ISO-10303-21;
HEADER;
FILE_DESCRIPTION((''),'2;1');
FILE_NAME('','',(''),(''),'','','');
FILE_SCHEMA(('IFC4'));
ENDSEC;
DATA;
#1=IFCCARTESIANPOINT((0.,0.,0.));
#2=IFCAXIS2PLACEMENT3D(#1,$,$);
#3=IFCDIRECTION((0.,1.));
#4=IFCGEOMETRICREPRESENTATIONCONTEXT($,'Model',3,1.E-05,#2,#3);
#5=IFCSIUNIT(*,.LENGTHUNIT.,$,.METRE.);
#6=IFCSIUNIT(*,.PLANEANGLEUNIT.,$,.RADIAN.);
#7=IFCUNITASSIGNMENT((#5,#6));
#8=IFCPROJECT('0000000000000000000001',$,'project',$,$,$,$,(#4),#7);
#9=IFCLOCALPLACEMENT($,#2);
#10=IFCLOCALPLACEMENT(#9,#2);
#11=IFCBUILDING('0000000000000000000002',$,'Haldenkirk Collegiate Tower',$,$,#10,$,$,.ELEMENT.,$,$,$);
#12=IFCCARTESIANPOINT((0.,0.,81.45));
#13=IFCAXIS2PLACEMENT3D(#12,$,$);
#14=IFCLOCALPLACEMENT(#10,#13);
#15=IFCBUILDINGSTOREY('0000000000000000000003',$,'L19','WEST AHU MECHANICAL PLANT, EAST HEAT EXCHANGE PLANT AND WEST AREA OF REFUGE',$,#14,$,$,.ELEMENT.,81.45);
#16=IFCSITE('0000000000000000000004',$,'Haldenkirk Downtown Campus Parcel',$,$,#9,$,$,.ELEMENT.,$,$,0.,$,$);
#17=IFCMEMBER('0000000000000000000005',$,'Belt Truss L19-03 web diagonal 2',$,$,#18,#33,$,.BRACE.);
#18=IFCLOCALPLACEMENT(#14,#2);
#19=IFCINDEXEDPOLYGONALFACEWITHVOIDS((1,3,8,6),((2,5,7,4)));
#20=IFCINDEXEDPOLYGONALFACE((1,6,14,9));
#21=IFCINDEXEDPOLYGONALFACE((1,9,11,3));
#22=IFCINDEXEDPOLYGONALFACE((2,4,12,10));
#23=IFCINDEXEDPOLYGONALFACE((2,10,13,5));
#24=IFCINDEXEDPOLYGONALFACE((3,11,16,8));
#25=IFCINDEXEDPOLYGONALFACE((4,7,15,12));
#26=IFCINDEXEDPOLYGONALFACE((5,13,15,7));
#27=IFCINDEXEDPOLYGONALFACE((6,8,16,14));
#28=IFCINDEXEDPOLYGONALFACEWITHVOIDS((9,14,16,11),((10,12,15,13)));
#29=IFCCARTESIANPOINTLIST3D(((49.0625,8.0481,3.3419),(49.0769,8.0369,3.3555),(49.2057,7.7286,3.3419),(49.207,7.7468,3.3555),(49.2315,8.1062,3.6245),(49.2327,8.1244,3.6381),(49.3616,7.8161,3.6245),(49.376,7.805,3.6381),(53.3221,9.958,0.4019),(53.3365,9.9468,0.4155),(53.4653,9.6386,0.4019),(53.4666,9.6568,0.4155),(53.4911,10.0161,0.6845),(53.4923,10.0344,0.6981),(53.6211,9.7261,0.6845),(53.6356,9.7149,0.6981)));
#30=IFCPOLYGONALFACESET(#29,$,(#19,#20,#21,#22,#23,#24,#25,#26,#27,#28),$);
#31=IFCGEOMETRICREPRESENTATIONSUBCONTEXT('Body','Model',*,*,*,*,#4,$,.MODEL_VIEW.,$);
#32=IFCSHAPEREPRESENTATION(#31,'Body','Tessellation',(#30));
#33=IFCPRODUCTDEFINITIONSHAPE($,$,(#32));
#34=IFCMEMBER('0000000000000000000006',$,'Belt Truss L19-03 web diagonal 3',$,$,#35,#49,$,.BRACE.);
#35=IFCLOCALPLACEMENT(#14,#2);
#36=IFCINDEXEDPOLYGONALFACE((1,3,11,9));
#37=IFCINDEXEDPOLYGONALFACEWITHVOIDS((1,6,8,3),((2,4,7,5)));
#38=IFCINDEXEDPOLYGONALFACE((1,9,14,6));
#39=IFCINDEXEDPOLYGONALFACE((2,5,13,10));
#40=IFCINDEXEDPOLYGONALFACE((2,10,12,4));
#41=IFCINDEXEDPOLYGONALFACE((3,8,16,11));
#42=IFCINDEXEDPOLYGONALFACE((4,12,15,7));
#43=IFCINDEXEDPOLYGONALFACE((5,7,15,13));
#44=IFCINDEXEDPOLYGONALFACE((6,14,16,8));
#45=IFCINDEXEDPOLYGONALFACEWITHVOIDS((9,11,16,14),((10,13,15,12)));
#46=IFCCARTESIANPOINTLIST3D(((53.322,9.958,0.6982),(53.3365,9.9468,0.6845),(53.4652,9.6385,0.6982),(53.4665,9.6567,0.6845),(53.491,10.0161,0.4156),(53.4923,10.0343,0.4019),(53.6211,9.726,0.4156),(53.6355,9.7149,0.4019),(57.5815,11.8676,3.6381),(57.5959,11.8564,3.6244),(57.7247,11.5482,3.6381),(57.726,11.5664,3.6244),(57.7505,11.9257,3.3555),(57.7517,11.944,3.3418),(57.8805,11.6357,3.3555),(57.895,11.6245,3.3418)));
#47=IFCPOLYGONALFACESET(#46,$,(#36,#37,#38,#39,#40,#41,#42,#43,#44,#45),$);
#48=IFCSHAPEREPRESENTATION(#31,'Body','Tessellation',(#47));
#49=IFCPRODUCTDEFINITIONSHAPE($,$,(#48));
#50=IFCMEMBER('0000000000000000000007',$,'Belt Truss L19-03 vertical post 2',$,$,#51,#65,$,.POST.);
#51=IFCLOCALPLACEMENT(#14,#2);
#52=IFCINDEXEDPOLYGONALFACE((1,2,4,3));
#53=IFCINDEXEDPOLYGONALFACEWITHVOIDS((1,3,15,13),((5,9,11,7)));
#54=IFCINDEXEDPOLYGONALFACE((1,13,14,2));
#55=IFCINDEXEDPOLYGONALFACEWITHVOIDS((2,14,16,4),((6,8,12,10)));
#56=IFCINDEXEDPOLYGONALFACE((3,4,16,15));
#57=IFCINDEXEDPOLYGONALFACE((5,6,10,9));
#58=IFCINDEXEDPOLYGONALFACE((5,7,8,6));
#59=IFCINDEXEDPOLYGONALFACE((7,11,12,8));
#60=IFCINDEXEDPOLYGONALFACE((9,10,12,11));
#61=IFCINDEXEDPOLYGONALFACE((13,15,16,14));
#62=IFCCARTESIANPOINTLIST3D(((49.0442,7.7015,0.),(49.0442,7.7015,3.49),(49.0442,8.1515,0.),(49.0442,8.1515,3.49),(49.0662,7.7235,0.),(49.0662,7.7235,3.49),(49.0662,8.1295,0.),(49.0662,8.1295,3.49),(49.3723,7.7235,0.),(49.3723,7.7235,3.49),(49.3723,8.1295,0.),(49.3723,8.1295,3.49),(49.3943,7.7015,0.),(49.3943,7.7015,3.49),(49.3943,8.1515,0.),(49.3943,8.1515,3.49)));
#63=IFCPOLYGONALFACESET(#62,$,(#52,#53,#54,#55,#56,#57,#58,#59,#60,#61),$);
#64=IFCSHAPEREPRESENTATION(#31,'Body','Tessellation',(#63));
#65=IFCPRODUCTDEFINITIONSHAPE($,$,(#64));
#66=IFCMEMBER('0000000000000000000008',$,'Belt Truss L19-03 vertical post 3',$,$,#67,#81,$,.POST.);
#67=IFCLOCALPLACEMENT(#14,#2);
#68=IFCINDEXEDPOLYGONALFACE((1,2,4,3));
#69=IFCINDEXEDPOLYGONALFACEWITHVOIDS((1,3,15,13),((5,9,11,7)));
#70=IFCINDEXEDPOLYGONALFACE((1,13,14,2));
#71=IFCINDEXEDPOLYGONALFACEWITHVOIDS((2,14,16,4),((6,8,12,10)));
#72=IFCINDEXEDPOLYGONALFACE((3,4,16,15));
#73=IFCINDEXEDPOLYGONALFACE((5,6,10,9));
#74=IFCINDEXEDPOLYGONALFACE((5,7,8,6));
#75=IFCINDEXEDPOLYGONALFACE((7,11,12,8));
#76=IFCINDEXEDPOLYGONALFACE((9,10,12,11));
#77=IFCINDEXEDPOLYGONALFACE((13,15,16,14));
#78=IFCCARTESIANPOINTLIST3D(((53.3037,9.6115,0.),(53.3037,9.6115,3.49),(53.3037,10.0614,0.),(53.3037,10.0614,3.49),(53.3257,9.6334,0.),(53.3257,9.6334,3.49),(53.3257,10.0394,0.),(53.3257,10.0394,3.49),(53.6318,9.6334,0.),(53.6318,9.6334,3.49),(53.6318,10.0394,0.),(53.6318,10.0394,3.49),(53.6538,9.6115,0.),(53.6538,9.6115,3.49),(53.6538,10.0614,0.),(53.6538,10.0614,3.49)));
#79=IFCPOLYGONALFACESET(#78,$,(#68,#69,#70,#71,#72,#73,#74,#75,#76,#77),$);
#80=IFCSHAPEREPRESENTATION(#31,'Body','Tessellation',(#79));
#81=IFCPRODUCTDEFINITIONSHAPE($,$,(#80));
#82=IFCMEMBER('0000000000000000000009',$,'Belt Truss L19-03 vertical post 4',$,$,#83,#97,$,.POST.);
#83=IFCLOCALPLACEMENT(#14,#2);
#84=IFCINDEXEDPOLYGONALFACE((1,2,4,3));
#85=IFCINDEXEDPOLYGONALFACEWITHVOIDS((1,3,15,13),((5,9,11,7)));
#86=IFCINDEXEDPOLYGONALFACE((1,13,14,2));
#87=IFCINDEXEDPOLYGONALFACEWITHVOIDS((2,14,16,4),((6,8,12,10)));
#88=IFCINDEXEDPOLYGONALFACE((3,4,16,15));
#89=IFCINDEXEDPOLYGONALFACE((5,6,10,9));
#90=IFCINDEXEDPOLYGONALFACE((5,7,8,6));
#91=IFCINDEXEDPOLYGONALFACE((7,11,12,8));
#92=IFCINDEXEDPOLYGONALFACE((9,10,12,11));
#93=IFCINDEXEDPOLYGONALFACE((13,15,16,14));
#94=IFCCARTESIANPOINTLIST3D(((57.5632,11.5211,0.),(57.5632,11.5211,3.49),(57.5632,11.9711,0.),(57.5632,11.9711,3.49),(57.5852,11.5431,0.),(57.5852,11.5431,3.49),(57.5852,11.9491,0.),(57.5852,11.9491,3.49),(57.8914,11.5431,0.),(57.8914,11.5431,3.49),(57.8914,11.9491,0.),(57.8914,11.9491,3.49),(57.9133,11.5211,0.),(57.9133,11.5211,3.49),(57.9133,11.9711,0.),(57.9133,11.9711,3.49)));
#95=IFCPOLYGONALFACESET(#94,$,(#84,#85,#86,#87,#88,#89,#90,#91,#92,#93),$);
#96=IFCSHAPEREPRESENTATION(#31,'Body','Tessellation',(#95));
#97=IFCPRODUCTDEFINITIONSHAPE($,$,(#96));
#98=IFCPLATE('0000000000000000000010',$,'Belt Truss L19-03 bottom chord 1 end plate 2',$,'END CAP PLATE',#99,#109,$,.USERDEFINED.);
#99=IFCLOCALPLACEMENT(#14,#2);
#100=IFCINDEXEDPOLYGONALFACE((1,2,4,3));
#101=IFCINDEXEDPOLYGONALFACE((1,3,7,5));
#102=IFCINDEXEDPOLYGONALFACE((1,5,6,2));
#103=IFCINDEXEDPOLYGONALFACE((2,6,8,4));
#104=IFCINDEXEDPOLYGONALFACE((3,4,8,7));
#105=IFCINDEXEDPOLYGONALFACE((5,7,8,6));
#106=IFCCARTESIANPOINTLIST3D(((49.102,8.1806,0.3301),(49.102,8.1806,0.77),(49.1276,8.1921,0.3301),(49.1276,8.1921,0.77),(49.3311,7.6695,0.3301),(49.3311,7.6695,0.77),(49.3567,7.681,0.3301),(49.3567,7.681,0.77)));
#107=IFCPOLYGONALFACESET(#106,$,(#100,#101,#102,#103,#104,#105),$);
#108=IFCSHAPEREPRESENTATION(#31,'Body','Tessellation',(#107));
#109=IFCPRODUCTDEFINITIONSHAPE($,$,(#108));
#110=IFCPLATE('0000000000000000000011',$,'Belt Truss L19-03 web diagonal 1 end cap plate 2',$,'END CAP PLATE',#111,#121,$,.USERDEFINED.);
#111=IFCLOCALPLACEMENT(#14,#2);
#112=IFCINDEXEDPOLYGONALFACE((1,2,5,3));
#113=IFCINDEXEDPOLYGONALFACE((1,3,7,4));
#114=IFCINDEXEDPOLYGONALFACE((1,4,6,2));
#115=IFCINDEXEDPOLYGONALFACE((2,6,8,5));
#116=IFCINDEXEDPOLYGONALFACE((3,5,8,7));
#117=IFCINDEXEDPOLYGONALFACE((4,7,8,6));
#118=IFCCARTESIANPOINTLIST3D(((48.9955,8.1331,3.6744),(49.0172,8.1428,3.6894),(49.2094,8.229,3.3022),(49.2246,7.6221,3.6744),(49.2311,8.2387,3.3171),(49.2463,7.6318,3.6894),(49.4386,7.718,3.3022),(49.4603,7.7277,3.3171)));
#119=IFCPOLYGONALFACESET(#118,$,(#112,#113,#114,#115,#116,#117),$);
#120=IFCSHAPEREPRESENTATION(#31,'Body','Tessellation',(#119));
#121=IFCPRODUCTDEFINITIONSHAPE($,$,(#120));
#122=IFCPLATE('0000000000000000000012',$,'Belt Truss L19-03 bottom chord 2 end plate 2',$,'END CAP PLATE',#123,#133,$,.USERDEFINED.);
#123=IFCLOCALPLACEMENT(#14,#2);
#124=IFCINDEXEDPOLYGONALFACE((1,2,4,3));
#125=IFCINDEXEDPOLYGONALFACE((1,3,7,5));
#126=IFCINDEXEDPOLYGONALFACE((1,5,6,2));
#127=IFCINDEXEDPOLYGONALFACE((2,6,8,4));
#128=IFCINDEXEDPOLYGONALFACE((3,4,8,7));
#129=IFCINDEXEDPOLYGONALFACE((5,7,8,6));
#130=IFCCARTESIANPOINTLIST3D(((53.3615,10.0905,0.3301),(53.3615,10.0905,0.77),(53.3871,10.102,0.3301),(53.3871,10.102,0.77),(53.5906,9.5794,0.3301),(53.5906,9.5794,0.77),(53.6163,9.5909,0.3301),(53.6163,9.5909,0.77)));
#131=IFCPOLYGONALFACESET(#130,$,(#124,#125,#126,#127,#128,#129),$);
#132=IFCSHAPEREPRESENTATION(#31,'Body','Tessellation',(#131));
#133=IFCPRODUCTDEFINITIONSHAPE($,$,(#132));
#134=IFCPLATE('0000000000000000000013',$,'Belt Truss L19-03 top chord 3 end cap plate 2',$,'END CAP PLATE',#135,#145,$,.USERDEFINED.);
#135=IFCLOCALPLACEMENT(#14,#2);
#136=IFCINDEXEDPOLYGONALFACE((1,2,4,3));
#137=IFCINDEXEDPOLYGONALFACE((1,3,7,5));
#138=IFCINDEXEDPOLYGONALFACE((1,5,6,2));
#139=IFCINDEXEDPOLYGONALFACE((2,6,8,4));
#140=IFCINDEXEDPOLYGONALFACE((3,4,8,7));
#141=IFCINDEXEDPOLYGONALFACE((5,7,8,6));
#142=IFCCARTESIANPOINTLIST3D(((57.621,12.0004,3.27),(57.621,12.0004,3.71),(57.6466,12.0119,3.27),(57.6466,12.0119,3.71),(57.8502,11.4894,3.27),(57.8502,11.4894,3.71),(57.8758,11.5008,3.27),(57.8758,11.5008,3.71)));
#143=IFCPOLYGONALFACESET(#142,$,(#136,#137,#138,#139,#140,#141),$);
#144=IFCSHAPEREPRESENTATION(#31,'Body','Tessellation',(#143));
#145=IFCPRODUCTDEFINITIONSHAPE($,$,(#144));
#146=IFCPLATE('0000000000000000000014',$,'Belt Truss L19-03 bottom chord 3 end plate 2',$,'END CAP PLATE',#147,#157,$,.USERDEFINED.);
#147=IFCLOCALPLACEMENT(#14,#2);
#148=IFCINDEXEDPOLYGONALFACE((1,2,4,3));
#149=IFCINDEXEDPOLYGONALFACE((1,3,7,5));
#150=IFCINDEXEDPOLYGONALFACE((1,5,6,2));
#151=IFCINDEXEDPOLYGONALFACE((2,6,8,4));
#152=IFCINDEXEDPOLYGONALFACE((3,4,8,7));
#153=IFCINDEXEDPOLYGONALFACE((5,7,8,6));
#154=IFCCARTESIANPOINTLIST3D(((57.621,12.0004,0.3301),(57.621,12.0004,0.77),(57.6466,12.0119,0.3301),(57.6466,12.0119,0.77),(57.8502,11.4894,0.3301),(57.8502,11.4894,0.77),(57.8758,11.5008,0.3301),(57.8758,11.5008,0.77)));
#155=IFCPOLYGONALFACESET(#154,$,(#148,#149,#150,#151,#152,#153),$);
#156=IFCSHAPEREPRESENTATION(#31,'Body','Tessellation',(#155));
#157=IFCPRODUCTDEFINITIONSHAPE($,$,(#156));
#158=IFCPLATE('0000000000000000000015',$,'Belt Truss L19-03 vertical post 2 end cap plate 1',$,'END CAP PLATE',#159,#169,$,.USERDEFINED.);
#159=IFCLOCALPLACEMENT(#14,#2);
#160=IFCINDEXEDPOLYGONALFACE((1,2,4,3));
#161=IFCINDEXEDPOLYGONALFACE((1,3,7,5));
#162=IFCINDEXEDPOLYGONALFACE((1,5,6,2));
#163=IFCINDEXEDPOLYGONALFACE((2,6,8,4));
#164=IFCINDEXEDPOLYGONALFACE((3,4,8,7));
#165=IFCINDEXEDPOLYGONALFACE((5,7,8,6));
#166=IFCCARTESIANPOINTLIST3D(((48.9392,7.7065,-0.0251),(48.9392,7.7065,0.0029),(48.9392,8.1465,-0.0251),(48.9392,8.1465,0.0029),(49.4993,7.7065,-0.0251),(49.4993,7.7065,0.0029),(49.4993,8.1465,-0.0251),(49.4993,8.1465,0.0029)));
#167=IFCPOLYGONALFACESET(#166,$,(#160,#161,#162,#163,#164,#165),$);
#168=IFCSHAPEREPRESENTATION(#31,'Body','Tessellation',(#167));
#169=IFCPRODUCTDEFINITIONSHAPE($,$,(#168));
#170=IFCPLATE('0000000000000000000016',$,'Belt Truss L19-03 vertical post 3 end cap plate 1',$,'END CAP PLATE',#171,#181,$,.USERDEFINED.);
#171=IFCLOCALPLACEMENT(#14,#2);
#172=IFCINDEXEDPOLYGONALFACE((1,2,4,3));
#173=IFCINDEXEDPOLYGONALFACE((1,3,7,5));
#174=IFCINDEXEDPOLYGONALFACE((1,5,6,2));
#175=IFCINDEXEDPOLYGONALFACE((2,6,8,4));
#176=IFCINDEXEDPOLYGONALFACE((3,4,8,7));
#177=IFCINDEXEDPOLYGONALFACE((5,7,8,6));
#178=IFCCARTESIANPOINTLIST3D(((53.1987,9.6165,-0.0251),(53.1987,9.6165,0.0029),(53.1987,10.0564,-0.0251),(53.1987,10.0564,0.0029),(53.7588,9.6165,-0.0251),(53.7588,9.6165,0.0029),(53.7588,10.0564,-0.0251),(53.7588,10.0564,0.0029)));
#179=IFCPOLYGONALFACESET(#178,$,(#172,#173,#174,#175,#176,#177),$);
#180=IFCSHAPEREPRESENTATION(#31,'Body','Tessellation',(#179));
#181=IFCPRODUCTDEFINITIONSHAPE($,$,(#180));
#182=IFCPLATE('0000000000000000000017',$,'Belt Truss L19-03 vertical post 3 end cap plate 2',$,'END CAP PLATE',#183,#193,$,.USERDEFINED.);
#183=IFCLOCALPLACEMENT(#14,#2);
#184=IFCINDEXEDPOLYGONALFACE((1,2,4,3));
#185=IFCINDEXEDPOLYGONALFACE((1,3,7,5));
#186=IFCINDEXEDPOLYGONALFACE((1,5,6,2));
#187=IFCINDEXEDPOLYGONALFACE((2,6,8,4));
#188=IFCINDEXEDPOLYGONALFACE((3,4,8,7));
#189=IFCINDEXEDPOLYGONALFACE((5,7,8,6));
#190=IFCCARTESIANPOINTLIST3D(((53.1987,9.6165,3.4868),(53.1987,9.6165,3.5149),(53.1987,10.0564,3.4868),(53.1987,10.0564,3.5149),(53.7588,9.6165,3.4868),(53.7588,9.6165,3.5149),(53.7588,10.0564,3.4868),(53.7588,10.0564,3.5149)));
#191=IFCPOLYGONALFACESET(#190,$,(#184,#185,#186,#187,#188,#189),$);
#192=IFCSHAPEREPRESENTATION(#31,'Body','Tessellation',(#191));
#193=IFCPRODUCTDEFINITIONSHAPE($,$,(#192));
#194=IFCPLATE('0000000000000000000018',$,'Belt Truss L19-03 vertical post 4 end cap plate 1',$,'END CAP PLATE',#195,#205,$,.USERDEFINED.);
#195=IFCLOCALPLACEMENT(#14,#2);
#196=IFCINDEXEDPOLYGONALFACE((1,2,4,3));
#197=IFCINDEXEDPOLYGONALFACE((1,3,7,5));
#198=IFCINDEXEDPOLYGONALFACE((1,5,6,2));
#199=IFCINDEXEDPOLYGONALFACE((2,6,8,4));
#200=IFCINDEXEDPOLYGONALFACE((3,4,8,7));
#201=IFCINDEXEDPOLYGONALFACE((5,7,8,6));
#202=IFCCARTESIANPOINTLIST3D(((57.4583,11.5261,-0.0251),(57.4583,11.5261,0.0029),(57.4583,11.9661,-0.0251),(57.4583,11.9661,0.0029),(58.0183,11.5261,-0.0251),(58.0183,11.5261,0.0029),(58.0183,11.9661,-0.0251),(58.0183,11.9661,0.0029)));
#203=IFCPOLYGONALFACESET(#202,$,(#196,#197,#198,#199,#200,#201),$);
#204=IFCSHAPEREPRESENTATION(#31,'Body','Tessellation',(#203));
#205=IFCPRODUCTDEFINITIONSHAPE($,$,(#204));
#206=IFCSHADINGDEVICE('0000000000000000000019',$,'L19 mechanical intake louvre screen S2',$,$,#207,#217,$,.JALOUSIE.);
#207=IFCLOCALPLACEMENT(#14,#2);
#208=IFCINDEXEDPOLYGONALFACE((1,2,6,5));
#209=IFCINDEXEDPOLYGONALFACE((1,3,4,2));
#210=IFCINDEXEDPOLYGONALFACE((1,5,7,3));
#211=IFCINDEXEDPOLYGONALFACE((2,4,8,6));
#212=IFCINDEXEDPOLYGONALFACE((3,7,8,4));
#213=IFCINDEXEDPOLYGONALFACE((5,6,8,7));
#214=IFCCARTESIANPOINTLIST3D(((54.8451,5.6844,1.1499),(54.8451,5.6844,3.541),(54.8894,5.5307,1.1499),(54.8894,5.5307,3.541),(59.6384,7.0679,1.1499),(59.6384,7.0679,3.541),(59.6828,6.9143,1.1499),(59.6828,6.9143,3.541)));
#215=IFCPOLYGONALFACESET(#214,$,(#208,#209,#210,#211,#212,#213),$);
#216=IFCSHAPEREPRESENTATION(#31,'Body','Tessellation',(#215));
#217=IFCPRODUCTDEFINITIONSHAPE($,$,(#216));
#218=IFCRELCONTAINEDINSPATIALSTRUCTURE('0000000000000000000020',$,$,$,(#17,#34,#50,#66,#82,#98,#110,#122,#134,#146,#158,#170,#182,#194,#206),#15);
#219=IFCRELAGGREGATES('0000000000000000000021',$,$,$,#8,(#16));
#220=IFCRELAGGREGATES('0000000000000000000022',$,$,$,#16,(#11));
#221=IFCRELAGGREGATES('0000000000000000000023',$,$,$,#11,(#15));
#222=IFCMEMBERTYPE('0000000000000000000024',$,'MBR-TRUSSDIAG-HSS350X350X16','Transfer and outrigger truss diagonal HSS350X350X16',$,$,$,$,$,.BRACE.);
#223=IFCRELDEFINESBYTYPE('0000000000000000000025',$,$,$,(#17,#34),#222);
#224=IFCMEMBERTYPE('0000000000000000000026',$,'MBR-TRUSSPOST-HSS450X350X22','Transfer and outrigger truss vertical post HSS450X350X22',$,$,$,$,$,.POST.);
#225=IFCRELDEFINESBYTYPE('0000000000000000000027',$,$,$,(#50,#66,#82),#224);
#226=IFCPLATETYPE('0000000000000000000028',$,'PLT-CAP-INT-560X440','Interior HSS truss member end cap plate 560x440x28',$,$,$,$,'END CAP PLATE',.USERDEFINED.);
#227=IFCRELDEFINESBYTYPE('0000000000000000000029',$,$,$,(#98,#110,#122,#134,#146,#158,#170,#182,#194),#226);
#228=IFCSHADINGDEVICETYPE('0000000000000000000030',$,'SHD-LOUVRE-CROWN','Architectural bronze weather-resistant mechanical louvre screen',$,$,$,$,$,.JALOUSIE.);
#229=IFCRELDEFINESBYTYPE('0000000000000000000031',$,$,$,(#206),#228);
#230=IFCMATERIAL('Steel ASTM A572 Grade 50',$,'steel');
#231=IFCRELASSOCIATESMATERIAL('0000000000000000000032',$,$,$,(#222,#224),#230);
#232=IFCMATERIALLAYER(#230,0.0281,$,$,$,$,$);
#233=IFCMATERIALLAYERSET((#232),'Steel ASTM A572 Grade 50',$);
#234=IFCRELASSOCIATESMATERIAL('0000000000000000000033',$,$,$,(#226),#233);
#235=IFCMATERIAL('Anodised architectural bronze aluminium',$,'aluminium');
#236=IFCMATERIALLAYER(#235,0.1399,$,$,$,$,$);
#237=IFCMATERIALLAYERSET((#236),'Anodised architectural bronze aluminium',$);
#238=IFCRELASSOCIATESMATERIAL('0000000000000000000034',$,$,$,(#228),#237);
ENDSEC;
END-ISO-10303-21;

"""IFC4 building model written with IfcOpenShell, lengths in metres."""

from ifc_helpers import new_model, si_unit, direction, frame, origin, origin_2d, place, context, subcontext, project, spatial, rectangle, hollow_rectangle, extrude, source, transform, mapped, material, layer, layer_set, material_profile, profile_set, type_object, element, save


model = new_model("IFC4")

# Units and contexts
model_context = context("Model", 3, precision=1e-05, world=origin(), true_north=direction((0.0, 1.0)))
body_context = subcontext(model_context, "Body", "Model", "MODEL_VIEW")
ifc_project = project(units=[si_unit("LENGTHUNIT", "METRE"), si_unit("PLANEANGLEUNIT", "RADIAN")], contexts=[model_context])

# Site, building, storey
site_placement = place(None, origin())
site = spatial("IfcSite", under=ifc_project, at=site_placement, Name="Haldenkirk Downtown Campus Parcel", CompositionType="ELEMENT", RefElevation=0.0)
building_placement = place(site_placement, origin())
building = spatial("IfcBuilding", under=site, at=building_placement, Name="Haldenkirk Collegiate Tower", CompositionType="ELEMENT")
storey_placement = place(building_placement, frame((0.0, 0.0, 81.45)))
storey = spatial("IfcBuildingStorey", under=building, at=storey_placement, Name="L19", Description="WEST AHU MECHANICAL PLANT, EAST HEAT EXCHANGE PLANT AND WEST AREA OF REFUGE", CompositionType="ELEMENT", Elevation=81.45)

# Members
ifc_material_1 = material(Name="Steel ASTM A572 Grade 50", Category="steel")
ifc_material_profile_1 = material_profile(ifc_material_1, hollow_rectangle(XDim=0.3501, YDim=0.3501, WallThickness=0.0161, at=origin_2d()), Name="HSS350X350X16")
ifc_profile_set_1 = profile_set([ifc_material_profile_1], Name="Steel ASTM A572 Grade 50")
member_type_1 = type_object("IfcMemberType", Name="MBR-TRUSSDIAG-HSS350X350X16", Description="Transfer and outrigger truss diagonal HSS350X350X16", PredefinedType="BRACE", material=ifc_profile_set_1)
member_1_placement = place(storey_placement, frame((49.2192, 7.9265, 3.49), z_axis=(0.772107, 0.346202, -0.532912), x_axis=(-0.40914, 0.912472, 0.0)))
element("IfcMember", 1, at=member_1_placement, inside=storey, type_object=member_type_1, Name="Belt Truss L19-03 web diagonal 2", PredefinedType="BRACE", context=body_context, shape_type="SweptSolid", body=[
    extrude(hollow_rectangle(XDim=0.3501, YDim=0.3501, WallThickness=0.0161, at=origin_2d()), origin(), (0.0, 0.0, 1.0), 5.5168),
])
member_2_placement = place(storey_placement, frame((53.4788, 9.8364, 0.55), z_axis=(0.772119, 0.346163, 0.53292), x_axis=(-0.409096, 0.912491, 0.0)))
element("IfcMember", 2, at=member_2_placement, inside=storey, type_object=member_type_1, Name="Belt Truss L19-03 web diagonal 3", PredefinedType="BRACE", context=body_context, shape_type="SweptSolid", body=[
    extrude(hollow_rectangle(XDim=0.3501, YDim=0.3501, WallThickness=0.0161, at=origin_2d()), origin(), (0.0, 0.0, 1.0), 5.5166),
])
ifc_material_profile_2 = material_profile(ifc_material_1, hollow_rectangle(XDim=0.3501, YDim=0.45, WallThickness=0.022, at=origin_2d()), Name="HSS450X350X22")
ifc_profile_set_2 = profile_set([ifc_material_profile_2], Name="Steel ASTM A572 Grade 50")
member_type_2 = type_object("IfcMemberType", Name="MBR-TRUSSPOST-HSS450X350X22", Description="Transfer and outrigger truss vertical post HSS450X350X22", PredefinedType="POST", material=ifc_profile_set_2)
for number, where, z_axis, x_axis, name in (
    (3, (49.2192, 7.9265, 0.0), (0.0, 0.0, 1.0), (1.0, 0.0, 0.0), "Belt Truss L19-03 vertical post 2"),
    (4, (53.4788, 9.8364, 0.0), (0.0, 0.0, 1.0), (1.0, 0.0, 0.0), "Belt Truss L19-03 vertical post 3"),
    (5, (57.7383, 11.7461, 0.0), (0.0, 0.0, 1.0), (1.0, 0.0, 0.0), "Belt Truss L19-03 vertical post 4"),
):
    element("IfcMember", number, at=place(storey_placement, frame(where, z_axis=z_axis, x_axis=x_axis)), inside=storey, type_object=member_type_2, Name=name, PredefinedType="POST", context=body_context, shape_type="SweptSolid", body=[
        extrude(hollow_rectangle(XDim=0.3501, YDim=0.45, WallThickness=0.022, at=origin_2d()), origin(), (0.0, 0.0, 1.0), 3.49),
    ])

# Plates
ifc_layer_1 = layer(ifc_material_1, 0.0281)
ifc_layer_set_1 = layer_set([ifc_layer_1], Name="Steel ASTM A572 Grade 50")
plate_type = type_object("IfcPlateType", Name="PLT-CAP-INT-560X440", Description="Interior HSS truss member end cap plate 560x440x28", ElementType="END CAP PLATE", PredefinedType="USERDEFINED", material=ifc_layer_set_1)
shared_shape_1 = source(origin(), body_context, "Body", "SweptSolid", [
    extrude(rectangle(XDim=0.5601, YDim=0.4399, at=origin_2d()), origin(), (0.0, 0.0, 1.0), 0.0281),
])
for number, where, z_axis, x_axis, name in (
    (6, (49.2166, 7.925, 0.55), (0.912475, 0.409133, 0.0), (-0.409133, 0.912475, 0.0), "Belt Truss L19-03 bottom chord 1 end plate 2"),
    (7, (49.217, 7.9255, 3.4883), (0.772099, 0.346188, 0.532932), (-0.40913, 0.912476, 0.0), "Belt Truss L19-03 web diagonal 1 end cap plate 2"),
    (8, (53.4761, 9.835, 0.55), (0.912475, 0.409133, 0.0), (-0.409133, 0.912475, 0.0), "Belt Truss L19-03 bottom chord 2 end plate 2"),
    (9, (57.7356, 11.7449, 3.49), (0.912476, 0.40913, 0.0), (-0.40913, 0.912476, 0.0), "Belt Truss L19-03 top chord 3 end cap plate 2"),
    (10, (57.7356, 11.7449, 0.55), (0.912475, 0.409133, 0.0), (-0.409133, 0.912475, 0.0), "Belt Truss L19-03 bottom chord 3 end plate 2"),
    (11, (49.2192, 7.9265, 0.0029), (0.0, 0.0, -1.0), (1.0, 0.0, 0.0), "Belt Truss L19-03 vertical post 2 end cap plate 1"),
    (12, (53.4788, 9.8364, 0.0029), (0.0, 0.0, -1.0), (1.0, 0.0, 0.0), "Belt Truss L19-03 vertical post 3 end cap plate 1"),
    (13, (53.4788, 9.8364, 3.4868), (0.0, 0.0, 1.0), (1.0, 0.0, 0.0), "Belt Truss L19-03 vertical post 3 end cap plate 2"),
    (14, (57.7383, 11.7461, 0.0029), (0.0, 0.0, -1.0), (1.0, 0.0, 0.0), "Belt Truss L19-03 vertical post 4 end cap plate 1"),
):
    element("IfcPlate", number, at=place(storey_placement, frame(where, z_axis=z_axis, x_axis=x_axis)), inside=storey, type_object=plate_type, Name=name, ObjectType="END CAP PLATE", PredefinedType="USERDEFINED", context=body_context, shape_type="MappedRepresentation", body=[
        mapped(shared_shape_1, transform((0.0, 0.0, 0.0), x_axis=(1.0, 0.0, 0.0), y_axis=(0.0, 1.0, 0.0), z_axis=(0.0, 0.0, 1.0), scale=1.0)),
    ])

# Shading device
ifc_material_2 = material(Name="Anodised architectural bronze aluminium", Category="aluminium")
ifc_layer_2 = layer(ifc_material_2, 0.1399)
ifc_layer_set_2 = layer_set([ifc_layer_2], Name="Anodised architectural bronze aluminium")
shading_device_type = type_object("IfcShadingDeviceType", Name="SHD-LOUVRE-CROWN", Description="Architectural bronze weather-resistant mechanical louvre screen", PredefinedType="JALOUSIE", material=ifc_layer_set_2)
shared_shape_2 = source(origin(), body_context, "Body", "SweptSolid", [
    extrude(rectangle(XDim=4.989, YDim=0.1599, at=origin_2d()), origin(), (0.0, 0.0, 1.0), 2.3911),
])
for number, where, z_axis, x_axis, name in (
    (15, (57.2639, 6.2993, 1.1499), (0.0, 0.0, 1.0), (-0.960779, -0.277315, 0.0), "L19 mechanical intake louvre screen S2"),
):
    element("IfcShadingDevice", number, at=place(storey_placement, frame(where, z_axis=z_axis, x_axis=x_axis)), inside=storey, type_object=shading_device_type, Name=name, PredefinedType="JALOUSIE", context=body_context, shape_type="MappedRepresentation", body=[
        mapped(shared_shape_2, transform((0.0, 0.0, 0.0), x_axis=(1.0, 0.0, 0.0), y_axis=(0.0, 1.0, 0.0), z_axis=(0.0, 0.0, 1.0), scale=1.0)),
    ])

save(model, "model.ifc")
